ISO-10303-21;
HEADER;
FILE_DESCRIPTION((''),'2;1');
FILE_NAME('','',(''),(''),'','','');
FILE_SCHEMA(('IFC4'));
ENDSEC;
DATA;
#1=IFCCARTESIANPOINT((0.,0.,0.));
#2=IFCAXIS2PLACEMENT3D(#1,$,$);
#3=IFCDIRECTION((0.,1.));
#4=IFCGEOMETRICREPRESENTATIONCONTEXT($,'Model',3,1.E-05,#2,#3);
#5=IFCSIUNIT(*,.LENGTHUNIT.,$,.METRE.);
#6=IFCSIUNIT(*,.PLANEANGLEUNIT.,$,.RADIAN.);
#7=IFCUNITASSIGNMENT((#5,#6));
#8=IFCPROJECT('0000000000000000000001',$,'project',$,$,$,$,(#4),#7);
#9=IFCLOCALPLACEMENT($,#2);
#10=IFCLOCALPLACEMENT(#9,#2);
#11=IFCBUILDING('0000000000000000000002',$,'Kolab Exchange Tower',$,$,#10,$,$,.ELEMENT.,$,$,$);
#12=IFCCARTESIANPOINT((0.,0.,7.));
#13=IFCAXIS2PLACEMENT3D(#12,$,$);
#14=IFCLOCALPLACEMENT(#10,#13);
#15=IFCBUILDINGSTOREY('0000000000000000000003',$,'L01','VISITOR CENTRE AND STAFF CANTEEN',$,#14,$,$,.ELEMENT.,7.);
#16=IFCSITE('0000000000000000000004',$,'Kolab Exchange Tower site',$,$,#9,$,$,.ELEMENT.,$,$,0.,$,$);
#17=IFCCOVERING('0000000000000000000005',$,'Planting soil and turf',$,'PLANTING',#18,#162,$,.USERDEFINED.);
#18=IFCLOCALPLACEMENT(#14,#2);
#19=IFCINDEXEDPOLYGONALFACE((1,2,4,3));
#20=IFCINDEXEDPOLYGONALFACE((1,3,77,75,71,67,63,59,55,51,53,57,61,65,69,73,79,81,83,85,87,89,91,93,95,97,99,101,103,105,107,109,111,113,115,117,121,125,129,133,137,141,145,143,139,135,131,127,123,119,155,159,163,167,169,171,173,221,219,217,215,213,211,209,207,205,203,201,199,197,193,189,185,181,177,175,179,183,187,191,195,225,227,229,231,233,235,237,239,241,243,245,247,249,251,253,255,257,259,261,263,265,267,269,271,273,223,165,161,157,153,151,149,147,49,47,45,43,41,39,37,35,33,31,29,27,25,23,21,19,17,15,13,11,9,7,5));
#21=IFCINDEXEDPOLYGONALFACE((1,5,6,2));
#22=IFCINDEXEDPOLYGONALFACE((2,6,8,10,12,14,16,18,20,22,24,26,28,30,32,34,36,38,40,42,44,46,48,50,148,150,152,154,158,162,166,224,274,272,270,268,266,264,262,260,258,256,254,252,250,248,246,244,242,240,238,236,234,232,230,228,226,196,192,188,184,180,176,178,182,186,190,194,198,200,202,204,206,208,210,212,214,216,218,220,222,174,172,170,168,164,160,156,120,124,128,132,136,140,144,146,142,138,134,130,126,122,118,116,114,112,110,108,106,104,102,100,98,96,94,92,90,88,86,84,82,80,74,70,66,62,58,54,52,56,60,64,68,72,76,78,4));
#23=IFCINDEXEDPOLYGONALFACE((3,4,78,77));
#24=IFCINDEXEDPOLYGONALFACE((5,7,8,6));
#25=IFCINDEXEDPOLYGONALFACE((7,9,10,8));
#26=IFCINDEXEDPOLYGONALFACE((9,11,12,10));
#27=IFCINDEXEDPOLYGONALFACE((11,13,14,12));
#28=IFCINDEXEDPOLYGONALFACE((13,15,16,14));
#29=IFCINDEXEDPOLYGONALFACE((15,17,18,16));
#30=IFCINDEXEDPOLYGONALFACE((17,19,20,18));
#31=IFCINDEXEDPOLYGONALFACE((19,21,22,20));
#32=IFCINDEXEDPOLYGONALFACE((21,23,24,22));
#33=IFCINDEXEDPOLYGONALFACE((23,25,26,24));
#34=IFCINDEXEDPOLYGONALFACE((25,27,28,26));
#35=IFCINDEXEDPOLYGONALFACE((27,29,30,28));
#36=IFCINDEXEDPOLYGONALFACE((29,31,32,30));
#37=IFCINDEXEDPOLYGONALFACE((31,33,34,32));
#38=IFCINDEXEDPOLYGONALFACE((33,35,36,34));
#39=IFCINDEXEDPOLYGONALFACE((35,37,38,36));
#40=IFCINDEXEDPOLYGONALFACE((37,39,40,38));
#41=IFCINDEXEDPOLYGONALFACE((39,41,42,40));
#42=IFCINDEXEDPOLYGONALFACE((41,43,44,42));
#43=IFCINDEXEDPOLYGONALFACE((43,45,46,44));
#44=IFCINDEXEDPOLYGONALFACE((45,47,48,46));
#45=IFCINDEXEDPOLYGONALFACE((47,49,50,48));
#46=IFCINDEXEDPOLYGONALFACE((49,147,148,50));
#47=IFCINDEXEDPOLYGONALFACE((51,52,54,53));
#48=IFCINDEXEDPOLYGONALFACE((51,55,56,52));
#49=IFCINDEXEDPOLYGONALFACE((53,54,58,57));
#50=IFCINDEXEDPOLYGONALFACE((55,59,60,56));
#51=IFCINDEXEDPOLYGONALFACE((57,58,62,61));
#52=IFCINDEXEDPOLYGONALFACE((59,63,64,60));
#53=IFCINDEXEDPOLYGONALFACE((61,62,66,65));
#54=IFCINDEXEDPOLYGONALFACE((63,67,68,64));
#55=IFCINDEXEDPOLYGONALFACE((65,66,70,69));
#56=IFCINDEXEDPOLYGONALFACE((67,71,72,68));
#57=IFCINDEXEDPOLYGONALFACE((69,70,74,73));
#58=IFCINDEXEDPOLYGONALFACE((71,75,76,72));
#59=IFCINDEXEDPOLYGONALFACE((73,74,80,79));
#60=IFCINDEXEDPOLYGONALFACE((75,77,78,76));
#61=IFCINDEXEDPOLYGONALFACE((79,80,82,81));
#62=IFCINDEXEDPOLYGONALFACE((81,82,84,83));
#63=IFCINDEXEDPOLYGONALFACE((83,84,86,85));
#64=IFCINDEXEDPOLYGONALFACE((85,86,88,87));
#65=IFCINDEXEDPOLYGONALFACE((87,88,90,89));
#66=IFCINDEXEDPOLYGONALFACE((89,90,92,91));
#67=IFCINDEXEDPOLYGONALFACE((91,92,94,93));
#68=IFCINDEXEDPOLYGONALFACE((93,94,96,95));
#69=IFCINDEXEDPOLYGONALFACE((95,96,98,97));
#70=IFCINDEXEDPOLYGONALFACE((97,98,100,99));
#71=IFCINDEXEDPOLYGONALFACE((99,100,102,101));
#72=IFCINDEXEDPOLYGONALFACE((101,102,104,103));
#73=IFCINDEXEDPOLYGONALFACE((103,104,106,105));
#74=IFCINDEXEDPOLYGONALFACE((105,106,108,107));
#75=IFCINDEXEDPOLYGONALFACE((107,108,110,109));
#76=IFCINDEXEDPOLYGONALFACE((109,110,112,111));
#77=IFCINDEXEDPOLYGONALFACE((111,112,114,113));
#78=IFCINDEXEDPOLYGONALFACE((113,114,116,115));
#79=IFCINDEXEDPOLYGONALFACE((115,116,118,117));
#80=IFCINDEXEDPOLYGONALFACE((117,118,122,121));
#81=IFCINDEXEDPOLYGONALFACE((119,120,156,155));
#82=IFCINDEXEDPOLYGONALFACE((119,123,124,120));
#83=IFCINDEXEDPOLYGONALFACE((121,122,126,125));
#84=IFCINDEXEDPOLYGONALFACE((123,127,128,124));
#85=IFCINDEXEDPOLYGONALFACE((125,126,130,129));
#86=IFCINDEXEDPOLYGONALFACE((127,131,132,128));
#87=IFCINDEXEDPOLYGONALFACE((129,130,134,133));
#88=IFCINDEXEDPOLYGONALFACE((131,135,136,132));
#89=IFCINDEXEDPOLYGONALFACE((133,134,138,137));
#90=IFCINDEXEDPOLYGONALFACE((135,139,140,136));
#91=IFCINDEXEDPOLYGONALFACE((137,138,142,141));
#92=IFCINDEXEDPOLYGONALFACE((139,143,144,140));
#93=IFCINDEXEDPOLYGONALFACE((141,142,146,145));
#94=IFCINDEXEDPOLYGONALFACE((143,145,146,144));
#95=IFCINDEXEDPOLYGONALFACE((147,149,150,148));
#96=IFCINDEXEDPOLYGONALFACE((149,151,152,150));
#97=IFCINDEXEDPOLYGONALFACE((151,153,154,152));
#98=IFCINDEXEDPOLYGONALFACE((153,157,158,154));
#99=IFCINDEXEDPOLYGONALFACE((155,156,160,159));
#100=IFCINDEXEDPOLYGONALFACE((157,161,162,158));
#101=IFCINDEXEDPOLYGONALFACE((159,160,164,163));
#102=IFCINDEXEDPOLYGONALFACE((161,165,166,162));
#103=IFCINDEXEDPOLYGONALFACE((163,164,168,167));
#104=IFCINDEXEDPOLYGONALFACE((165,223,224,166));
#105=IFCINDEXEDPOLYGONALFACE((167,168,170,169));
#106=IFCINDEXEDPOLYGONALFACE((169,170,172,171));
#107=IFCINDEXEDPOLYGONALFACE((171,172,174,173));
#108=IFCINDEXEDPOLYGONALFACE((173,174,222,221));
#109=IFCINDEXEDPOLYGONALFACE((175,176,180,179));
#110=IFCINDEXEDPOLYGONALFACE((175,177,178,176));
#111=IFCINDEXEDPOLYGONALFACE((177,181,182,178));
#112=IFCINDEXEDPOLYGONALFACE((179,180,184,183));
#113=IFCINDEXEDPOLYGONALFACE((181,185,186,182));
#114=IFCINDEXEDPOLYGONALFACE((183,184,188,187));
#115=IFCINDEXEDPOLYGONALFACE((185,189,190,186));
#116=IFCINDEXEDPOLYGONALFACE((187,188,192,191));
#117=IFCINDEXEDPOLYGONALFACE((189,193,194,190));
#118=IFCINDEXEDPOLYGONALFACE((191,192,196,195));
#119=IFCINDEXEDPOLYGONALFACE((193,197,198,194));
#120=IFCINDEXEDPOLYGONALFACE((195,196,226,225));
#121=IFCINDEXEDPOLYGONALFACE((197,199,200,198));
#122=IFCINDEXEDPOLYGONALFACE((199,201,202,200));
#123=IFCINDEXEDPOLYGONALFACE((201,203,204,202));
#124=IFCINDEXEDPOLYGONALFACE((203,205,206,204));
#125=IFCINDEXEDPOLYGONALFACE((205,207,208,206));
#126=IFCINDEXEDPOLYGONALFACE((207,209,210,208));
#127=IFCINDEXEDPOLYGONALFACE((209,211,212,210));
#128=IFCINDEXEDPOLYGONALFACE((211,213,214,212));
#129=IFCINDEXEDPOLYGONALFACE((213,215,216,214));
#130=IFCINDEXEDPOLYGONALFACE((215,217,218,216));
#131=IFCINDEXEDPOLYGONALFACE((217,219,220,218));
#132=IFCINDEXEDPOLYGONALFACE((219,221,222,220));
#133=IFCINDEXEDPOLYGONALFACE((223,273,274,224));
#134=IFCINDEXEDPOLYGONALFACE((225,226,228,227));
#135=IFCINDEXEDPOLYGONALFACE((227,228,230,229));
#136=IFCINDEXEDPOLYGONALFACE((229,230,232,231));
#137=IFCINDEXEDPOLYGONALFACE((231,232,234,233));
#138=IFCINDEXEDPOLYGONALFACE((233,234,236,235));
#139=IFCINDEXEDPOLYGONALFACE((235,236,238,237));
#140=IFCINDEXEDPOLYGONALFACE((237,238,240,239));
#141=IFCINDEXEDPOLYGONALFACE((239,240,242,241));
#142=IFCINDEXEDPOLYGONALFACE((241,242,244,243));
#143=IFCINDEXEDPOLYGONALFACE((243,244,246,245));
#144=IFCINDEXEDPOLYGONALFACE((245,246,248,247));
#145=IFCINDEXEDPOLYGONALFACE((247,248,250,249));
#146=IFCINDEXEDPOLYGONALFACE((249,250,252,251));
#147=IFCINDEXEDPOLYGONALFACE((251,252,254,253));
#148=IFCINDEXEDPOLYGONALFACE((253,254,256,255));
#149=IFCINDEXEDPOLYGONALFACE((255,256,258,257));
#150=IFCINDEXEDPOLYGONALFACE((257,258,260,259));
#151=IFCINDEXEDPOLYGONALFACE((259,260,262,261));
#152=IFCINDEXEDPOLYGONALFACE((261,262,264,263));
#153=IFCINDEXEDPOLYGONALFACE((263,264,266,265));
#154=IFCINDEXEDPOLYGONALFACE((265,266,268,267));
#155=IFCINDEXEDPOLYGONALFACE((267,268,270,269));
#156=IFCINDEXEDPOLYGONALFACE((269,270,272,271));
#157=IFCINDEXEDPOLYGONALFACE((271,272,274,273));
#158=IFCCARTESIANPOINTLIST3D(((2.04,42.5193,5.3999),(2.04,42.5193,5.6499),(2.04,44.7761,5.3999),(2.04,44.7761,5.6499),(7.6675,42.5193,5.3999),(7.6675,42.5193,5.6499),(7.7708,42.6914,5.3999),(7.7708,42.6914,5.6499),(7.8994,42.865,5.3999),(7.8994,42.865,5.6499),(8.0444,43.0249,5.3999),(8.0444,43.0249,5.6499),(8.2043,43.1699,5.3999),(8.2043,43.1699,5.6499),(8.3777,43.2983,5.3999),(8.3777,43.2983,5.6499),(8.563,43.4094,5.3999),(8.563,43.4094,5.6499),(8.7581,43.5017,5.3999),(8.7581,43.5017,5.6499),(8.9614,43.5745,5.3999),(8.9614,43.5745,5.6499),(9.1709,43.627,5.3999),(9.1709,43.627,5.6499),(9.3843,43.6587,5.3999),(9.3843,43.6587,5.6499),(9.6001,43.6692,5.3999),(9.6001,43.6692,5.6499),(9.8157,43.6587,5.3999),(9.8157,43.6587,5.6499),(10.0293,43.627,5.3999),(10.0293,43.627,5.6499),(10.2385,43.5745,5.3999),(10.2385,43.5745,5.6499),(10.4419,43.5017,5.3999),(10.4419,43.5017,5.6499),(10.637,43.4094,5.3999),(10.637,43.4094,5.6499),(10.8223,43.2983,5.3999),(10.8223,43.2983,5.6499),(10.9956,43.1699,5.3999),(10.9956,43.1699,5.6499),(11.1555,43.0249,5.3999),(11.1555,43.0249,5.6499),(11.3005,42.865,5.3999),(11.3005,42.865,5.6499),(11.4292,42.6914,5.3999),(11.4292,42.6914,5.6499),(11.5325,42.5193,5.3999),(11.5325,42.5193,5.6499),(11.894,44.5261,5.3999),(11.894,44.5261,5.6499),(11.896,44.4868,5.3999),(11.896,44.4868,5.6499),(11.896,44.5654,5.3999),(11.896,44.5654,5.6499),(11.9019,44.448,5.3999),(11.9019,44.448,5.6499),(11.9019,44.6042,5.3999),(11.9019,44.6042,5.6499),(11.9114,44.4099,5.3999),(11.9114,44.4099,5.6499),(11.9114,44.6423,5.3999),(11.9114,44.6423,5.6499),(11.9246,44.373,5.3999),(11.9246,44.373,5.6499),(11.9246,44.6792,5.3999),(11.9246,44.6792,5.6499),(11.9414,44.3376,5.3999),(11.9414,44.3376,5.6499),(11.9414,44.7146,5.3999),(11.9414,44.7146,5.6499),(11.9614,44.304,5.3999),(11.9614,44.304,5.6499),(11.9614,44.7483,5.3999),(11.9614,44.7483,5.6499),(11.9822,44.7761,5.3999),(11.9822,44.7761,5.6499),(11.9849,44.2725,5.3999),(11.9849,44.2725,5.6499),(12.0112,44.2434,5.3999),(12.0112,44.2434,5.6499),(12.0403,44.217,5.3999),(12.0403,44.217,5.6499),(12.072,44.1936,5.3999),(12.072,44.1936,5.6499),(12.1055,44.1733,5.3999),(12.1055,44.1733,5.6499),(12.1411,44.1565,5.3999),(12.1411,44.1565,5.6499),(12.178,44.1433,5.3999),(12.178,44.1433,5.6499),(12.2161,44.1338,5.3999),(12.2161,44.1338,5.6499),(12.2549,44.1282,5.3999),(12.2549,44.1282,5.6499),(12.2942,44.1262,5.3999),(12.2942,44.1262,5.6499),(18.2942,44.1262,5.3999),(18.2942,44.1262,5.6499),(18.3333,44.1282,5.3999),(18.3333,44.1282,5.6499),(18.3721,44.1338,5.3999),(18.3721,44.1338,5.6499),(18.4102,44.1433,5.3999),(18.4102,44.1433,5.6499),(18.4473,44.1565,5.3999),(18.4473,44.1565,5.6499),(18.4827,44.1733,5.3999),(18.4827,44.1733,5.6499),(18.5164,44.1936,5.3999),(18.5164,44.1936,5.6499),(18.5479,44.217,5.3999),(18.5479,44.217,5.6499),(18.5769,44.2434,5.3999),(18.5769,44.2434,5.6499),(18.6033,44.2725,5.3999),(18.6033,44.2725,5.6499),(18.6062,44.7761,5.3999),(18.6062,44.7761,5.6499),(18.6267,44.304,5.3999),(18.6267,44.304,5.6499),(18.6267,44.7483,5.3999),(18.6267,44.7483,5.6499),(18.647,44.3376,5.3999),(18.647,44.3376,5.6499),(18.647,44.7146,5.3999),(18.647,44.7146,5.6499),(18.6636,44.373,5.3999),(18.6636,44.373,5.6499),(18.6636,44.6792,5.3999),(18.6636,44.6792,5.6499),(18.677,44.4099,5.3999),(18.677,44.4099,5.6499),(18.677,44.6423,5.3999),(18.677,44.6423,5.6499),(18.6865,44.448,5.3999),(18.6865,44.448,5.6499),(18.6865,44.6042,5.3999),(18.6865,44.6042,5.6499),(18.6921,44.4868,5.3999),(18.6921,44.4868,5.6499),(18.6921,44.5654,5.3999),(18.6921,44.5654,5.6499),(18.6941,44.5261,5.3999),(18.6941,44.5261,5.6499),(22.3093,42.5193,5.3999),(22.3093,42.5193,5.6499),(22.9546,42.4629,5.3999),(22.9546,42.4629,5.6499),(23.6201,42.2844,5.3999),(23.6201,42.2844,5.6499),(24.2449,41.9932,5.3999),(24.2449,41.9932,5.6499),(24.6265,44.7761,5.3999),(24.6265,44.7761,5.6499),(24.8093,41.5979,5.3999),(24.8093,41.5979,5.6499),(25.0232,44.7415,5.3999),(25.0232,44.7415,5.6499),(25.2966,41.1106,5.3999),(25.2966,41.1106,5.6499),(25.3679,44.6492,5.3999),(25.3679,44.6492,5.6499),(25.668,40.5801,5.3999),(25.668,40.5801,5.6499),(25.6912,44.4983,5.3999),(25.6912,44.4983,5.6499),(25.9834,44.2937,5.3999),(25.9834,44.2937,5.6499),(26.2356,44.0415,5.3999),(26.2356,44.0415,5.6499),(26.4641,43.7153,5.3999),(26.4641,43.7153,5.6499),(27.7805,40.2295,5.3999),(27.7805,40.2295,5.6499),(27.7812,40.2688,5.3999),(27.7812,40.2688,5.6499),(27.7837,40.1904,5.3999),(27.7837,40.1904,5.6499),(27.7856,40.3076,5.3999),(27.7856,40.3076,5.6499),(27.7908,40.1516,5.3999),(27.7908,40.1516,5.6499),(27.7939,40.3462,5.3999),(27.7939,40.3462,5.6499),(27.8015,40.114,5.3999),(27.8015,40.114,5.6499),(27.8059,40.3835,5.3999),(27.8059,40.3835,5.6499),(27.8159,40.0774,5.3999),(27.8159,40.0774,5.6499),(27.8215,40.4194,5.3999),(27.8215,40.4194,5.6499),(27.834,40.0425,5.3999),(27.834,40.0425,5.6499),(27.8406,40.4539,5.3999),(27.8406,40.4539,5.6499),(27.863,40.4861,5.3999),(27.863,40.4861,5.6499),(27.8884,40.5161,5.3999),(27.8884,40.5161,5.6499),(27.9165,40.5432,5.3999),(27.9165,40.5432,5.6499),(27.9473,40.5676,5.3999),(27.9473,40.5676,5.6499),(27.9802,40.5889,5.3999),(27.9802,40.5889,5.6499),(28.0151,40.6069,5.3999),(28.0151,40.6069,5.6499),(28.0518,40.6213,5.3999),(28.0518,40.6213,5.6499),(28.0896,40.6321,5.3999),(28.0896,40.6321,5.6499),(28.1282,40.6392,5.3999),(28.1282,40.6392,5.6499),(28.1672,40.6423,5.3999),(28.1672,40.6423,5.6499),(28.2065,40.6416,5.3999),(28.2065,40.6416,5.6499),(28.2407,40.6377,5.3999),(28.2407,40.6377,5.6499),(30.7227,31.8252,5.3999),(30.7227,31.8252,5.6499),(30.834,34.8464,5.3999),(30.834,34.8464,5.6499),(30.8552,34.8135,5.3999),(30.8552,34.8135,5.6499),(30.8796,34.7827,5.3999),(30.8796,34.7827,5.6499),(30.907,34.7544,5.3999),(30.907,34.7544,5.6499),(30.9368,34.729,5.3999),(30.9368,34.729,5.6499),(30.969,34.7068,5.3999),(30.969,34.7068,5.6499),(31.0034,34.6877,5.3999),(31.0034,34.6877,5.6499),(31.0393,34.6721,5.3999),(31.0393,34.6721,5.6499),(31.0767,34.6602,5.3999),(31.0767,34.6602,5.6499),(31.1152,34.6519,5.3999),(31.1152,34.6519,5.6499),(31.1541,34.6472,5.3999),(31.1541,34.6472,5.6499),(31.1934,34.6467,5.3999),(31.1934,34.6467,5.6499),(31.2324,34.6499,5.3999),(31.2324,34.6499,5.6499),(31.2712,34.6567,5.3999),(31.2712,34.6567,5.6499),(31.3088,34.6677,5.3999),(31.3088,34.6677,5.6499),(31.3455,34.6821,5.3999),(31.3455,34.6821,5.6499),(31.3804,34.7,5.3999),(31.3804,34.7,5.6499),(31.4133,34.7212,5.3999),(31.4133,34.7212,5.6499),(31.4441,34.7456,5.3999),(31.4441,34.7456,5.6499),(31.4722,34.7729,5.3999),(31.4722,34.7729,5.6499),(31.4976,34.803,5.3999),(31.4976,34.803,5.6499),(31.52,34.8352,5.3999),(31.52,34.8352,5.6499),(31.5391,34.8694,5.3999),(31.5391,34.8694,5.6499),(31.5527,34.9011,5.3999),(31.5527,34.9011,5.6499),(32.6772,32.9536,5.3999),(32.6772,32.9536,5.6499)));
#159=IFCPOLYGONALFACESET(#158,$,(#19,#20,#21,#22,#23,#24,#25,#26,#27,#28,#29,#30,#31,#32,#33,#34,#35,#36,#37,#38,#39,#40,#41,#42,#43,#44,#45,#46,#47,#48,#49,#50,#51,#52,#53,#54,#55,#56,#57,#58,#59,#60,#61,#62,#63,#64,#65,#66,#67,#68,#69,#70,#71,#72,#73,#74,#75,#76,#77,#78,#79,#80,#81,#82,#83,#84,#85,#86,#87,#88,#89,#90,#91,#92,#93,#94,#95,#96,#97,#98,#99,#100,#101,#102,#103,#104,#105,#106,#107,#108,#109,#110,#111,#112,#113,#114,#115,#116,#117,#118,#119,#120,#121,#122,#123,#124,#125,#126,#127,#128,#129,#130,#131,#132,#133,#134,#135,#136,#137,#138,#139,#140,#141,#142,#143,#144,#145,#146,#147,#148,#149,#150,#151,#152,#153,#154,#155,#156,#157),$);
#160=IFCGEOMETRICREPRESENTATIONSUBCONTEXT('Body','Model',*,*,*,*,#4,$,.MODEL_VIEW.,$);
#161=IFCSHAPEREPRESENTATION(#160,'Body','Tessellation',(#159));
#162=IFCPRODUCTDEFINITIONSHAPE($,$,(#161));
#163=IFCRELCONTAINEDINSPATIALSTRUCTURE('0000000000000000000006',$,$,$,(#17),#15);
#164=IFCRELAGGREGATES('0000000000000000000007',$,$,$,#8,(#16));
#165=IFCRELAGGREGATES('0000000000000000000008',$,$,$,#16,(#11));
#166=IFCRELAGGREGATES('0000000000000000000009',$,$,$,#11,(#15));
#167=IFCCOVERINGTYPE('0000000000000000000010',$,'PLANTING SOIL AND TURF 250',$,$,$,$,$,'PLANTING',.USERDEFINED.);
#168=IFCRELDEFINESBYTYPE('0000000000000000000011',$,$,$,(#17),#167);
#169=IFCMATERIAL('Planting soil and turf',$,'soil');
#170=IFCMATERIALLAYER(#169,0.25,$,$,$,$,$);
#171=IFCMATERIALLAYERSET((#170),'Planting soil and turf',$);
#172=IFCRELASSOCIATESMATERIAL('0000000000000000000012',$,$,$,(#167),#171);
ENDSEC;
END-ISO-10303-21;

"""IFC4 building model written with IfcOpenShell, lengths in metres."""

from ifc_helpers import new_model, si_unit, direction, frame, origin, place, context, subcontext, project, spatial, polyline, outline, extrude, material, layer, layer_set, type_object, element, save


model = new_model("IFC4")

# Units and contexts
model_context = context("Model", 3, precision=1e-05, world=origin(), true_north=direction((0.0, 1.0)))
body_context = subcontext(model_context, "Body", "Model", "MODEL_VIEW")
ifc_project = project(units=[si_unit("LENGTHUNIT", "METRE"), si_unit("PLANEANGLEUNIT", "RADIAN")], contexts=[model_context])

# Site, building, storey
site_placement = place(None, origin())
site = spatial("IfcSite", under=ifc_project, at=site_placement, Name="Kolab Exchange Tower site", CompositionType="ELEMENT", RefElevation=0.0)
building_placement = place(site_placement, origin())
building = spatial("IfcBuilding", under=site, at=building_placement, Name="Kolab Exchange Tower", CompositionType="ELEMENT")
storey_placement = place(building_placement, frame((0.0, 0.0, 7.0)))
storey = spatial("IfcBuildingStorey", under=building, at=storey_placement, Name="L01", Description="VISITOR CENTRE AND STAFF CANTEEN", CompositionType="ELEMENT", Elevation=7.0)

# Covering
ifc_material_1 = material(Name="Planting soil and turf", Category="soil")
ifc_layer_1 = layer(ifc_material_1, 0.25)
ifc_layer_set_1 = layer_set([ifc_layer_1], Name="Planting soil and turf")
covering_type_1 = type_object("IfcCoveringType", Name="PLANTING SOIL AND TURF 250", ElementType="PLANTING", PredefinedType="USERDEFINED", material=ifc_layer_set_1)
covering_1_placement = place(storey_placement, frame((0.0, 0.0, 5.3999)))
element("IfcCovering", 1, at=covering_1_placement, inside=storey, type_object=covering_type_1, Name="Planting soil and turf", ObjectType="PLANTING", PredefinedType="USERDEFINED", context=body_context, shape_type="SweptSolid", body=[
    extrude(outline(polyline([(11.9822, 44.7761), (11.9614, 44.7483), (11.9414, 44.7146), (11.9246, 44.6792), (11.9114, 44.6423), (11.9019, 44.6042), (11.896, 44.5654), (11.894, 44.5261), (11.896, 44.4868), (11.9019, 44.448), (11.9114, 44.4099), (11.9246, 44.373), (11.9414, 44.3376), (11.9614, 44.304), (11.9849, 44.2725), (12.0112, 44.2434), (12.0403, 44.217), (12.072, 44.1936), (12.1055, 44.1733), (12.1411, 44.1565), (12.178, 44.1433), (12.2161, 44.1338), (12.2549, 44.1282), (12.2942, 44.1262), (18.2942, 44.1262), (18.3333, 44.1282), (18.3721, 44.1338), (18.4102, 44.1433), (18.4473, 44.1565), (18.4827, 44.1733), (18.5164, 44.1936), (18.5479, 44.217), (18.5769, 44.2434), (18.6033, 44.2725), (18.6267, 44.304), (18.647, 44.3376), (18.6636, 44.373), (18.677, 44.4099), (18.6865, 44.448), (18.6921, 44.4868), (18.6941, 44.5261), (18.6921, 44.5654), (18.6865, 44.6042), (18.677, 44.6423), (18.6636, 44.6792), (18.647, 44.7146), (18.6267, 44.7483), (18.6062, 44.7761), (24.6265, 44.7761), (25.0232, 44.7415), (25.3679, 44.6492), (25.6912, 44.4983), (25.9834, 44.2937), (26.2356, 44.0415), (26.4641, 43.7153), (28.2407, 40.6377), (28.2065, 40.6416), (28.1672, 40.6423), (28.1282, 40.6392), (28.0896, 40.6321), (28.0518, 40.6213), (28.0151, 40.6069), (27.9802, 40.5889), (27.9473, 40.5676), (27.9165, 40.5432), (27.8884, 40.5161), (27.863, 40.4861), (27.8406, 40.4539), (27.8215, 40.4194), (27.8059, 40.3835), (27.7939, 40.3462), (27.7856, 40.3076), (27.7812, 40.2688), (27.7805, 40.2295), (27.7837, 40.1904), (27.7908, 40.1516), (27.8015, 40.114), (27.8159, 40.0774), (27.834, 40.0425), (30.834, 34.8464), (30.8552, 34.8135), (30.8796, 34.7827), (30.907, 34.7544), (30.9368, 34.729), (30.969, 34.7068), (31.0034, 34.6877), (31.0393, 34.6721), (31.0767, 34.6602), (31.1152, 34.6519), (31.1541, 34.6472), (31.1934, 34.6467), (31.2324, 34.6499), (31.2712, 34.6567), (31.3088, 34.6677), (31.3455, 34.6821), (31.3804, 34.7), (31.4133, 34.7212), (31.4441, 34.7456), (31.4722, 34.7729), (31.4976, 34.803), (31.52, 34.8352), (31.5391, 34.8694), (31.5527, 34.9011), (32.6772, 32.9536), (30.7227, 31.8252), (25.668, 40.5801), (25.2966, 41.1106), (24.8093, 41.5979), (24.2449, 41.9932), (23.6201, 42.2844), (22.9546, 42.4629), (22.3093, 42.5193), (11.5325, 42.5193), (11.4292, 42.6914), (11.3005, 42.865), (11.1555, 43.0249), (10.9956, 43.1699), (10.8223, 43.2983), (10.637, 43.4094), (10.4419, 43.5017), (10.2385, 43.5745), (10.0293, 43.627), (9.8157, 43.6587), (9.6001, 43.6692), (9.3843, 43.6587), (9.1709, 43.627), (8.9614, 43.5745), (8.7581, 43.5017), (8.563, 43.4094), (8.3777, 43.2983), (8.2043, 43.1699), (8.0444, 43.0249), (7.8994, 42.865), (7.7708, 42.6914), (7.6675, 42.5193), (2.04, 42.5193), (2.04, 44.7761), (11.9822, 44.7761)])), origin(), (0.0, 0.0, 1.0), 0.25),
])

save(model, "model.ifc")
